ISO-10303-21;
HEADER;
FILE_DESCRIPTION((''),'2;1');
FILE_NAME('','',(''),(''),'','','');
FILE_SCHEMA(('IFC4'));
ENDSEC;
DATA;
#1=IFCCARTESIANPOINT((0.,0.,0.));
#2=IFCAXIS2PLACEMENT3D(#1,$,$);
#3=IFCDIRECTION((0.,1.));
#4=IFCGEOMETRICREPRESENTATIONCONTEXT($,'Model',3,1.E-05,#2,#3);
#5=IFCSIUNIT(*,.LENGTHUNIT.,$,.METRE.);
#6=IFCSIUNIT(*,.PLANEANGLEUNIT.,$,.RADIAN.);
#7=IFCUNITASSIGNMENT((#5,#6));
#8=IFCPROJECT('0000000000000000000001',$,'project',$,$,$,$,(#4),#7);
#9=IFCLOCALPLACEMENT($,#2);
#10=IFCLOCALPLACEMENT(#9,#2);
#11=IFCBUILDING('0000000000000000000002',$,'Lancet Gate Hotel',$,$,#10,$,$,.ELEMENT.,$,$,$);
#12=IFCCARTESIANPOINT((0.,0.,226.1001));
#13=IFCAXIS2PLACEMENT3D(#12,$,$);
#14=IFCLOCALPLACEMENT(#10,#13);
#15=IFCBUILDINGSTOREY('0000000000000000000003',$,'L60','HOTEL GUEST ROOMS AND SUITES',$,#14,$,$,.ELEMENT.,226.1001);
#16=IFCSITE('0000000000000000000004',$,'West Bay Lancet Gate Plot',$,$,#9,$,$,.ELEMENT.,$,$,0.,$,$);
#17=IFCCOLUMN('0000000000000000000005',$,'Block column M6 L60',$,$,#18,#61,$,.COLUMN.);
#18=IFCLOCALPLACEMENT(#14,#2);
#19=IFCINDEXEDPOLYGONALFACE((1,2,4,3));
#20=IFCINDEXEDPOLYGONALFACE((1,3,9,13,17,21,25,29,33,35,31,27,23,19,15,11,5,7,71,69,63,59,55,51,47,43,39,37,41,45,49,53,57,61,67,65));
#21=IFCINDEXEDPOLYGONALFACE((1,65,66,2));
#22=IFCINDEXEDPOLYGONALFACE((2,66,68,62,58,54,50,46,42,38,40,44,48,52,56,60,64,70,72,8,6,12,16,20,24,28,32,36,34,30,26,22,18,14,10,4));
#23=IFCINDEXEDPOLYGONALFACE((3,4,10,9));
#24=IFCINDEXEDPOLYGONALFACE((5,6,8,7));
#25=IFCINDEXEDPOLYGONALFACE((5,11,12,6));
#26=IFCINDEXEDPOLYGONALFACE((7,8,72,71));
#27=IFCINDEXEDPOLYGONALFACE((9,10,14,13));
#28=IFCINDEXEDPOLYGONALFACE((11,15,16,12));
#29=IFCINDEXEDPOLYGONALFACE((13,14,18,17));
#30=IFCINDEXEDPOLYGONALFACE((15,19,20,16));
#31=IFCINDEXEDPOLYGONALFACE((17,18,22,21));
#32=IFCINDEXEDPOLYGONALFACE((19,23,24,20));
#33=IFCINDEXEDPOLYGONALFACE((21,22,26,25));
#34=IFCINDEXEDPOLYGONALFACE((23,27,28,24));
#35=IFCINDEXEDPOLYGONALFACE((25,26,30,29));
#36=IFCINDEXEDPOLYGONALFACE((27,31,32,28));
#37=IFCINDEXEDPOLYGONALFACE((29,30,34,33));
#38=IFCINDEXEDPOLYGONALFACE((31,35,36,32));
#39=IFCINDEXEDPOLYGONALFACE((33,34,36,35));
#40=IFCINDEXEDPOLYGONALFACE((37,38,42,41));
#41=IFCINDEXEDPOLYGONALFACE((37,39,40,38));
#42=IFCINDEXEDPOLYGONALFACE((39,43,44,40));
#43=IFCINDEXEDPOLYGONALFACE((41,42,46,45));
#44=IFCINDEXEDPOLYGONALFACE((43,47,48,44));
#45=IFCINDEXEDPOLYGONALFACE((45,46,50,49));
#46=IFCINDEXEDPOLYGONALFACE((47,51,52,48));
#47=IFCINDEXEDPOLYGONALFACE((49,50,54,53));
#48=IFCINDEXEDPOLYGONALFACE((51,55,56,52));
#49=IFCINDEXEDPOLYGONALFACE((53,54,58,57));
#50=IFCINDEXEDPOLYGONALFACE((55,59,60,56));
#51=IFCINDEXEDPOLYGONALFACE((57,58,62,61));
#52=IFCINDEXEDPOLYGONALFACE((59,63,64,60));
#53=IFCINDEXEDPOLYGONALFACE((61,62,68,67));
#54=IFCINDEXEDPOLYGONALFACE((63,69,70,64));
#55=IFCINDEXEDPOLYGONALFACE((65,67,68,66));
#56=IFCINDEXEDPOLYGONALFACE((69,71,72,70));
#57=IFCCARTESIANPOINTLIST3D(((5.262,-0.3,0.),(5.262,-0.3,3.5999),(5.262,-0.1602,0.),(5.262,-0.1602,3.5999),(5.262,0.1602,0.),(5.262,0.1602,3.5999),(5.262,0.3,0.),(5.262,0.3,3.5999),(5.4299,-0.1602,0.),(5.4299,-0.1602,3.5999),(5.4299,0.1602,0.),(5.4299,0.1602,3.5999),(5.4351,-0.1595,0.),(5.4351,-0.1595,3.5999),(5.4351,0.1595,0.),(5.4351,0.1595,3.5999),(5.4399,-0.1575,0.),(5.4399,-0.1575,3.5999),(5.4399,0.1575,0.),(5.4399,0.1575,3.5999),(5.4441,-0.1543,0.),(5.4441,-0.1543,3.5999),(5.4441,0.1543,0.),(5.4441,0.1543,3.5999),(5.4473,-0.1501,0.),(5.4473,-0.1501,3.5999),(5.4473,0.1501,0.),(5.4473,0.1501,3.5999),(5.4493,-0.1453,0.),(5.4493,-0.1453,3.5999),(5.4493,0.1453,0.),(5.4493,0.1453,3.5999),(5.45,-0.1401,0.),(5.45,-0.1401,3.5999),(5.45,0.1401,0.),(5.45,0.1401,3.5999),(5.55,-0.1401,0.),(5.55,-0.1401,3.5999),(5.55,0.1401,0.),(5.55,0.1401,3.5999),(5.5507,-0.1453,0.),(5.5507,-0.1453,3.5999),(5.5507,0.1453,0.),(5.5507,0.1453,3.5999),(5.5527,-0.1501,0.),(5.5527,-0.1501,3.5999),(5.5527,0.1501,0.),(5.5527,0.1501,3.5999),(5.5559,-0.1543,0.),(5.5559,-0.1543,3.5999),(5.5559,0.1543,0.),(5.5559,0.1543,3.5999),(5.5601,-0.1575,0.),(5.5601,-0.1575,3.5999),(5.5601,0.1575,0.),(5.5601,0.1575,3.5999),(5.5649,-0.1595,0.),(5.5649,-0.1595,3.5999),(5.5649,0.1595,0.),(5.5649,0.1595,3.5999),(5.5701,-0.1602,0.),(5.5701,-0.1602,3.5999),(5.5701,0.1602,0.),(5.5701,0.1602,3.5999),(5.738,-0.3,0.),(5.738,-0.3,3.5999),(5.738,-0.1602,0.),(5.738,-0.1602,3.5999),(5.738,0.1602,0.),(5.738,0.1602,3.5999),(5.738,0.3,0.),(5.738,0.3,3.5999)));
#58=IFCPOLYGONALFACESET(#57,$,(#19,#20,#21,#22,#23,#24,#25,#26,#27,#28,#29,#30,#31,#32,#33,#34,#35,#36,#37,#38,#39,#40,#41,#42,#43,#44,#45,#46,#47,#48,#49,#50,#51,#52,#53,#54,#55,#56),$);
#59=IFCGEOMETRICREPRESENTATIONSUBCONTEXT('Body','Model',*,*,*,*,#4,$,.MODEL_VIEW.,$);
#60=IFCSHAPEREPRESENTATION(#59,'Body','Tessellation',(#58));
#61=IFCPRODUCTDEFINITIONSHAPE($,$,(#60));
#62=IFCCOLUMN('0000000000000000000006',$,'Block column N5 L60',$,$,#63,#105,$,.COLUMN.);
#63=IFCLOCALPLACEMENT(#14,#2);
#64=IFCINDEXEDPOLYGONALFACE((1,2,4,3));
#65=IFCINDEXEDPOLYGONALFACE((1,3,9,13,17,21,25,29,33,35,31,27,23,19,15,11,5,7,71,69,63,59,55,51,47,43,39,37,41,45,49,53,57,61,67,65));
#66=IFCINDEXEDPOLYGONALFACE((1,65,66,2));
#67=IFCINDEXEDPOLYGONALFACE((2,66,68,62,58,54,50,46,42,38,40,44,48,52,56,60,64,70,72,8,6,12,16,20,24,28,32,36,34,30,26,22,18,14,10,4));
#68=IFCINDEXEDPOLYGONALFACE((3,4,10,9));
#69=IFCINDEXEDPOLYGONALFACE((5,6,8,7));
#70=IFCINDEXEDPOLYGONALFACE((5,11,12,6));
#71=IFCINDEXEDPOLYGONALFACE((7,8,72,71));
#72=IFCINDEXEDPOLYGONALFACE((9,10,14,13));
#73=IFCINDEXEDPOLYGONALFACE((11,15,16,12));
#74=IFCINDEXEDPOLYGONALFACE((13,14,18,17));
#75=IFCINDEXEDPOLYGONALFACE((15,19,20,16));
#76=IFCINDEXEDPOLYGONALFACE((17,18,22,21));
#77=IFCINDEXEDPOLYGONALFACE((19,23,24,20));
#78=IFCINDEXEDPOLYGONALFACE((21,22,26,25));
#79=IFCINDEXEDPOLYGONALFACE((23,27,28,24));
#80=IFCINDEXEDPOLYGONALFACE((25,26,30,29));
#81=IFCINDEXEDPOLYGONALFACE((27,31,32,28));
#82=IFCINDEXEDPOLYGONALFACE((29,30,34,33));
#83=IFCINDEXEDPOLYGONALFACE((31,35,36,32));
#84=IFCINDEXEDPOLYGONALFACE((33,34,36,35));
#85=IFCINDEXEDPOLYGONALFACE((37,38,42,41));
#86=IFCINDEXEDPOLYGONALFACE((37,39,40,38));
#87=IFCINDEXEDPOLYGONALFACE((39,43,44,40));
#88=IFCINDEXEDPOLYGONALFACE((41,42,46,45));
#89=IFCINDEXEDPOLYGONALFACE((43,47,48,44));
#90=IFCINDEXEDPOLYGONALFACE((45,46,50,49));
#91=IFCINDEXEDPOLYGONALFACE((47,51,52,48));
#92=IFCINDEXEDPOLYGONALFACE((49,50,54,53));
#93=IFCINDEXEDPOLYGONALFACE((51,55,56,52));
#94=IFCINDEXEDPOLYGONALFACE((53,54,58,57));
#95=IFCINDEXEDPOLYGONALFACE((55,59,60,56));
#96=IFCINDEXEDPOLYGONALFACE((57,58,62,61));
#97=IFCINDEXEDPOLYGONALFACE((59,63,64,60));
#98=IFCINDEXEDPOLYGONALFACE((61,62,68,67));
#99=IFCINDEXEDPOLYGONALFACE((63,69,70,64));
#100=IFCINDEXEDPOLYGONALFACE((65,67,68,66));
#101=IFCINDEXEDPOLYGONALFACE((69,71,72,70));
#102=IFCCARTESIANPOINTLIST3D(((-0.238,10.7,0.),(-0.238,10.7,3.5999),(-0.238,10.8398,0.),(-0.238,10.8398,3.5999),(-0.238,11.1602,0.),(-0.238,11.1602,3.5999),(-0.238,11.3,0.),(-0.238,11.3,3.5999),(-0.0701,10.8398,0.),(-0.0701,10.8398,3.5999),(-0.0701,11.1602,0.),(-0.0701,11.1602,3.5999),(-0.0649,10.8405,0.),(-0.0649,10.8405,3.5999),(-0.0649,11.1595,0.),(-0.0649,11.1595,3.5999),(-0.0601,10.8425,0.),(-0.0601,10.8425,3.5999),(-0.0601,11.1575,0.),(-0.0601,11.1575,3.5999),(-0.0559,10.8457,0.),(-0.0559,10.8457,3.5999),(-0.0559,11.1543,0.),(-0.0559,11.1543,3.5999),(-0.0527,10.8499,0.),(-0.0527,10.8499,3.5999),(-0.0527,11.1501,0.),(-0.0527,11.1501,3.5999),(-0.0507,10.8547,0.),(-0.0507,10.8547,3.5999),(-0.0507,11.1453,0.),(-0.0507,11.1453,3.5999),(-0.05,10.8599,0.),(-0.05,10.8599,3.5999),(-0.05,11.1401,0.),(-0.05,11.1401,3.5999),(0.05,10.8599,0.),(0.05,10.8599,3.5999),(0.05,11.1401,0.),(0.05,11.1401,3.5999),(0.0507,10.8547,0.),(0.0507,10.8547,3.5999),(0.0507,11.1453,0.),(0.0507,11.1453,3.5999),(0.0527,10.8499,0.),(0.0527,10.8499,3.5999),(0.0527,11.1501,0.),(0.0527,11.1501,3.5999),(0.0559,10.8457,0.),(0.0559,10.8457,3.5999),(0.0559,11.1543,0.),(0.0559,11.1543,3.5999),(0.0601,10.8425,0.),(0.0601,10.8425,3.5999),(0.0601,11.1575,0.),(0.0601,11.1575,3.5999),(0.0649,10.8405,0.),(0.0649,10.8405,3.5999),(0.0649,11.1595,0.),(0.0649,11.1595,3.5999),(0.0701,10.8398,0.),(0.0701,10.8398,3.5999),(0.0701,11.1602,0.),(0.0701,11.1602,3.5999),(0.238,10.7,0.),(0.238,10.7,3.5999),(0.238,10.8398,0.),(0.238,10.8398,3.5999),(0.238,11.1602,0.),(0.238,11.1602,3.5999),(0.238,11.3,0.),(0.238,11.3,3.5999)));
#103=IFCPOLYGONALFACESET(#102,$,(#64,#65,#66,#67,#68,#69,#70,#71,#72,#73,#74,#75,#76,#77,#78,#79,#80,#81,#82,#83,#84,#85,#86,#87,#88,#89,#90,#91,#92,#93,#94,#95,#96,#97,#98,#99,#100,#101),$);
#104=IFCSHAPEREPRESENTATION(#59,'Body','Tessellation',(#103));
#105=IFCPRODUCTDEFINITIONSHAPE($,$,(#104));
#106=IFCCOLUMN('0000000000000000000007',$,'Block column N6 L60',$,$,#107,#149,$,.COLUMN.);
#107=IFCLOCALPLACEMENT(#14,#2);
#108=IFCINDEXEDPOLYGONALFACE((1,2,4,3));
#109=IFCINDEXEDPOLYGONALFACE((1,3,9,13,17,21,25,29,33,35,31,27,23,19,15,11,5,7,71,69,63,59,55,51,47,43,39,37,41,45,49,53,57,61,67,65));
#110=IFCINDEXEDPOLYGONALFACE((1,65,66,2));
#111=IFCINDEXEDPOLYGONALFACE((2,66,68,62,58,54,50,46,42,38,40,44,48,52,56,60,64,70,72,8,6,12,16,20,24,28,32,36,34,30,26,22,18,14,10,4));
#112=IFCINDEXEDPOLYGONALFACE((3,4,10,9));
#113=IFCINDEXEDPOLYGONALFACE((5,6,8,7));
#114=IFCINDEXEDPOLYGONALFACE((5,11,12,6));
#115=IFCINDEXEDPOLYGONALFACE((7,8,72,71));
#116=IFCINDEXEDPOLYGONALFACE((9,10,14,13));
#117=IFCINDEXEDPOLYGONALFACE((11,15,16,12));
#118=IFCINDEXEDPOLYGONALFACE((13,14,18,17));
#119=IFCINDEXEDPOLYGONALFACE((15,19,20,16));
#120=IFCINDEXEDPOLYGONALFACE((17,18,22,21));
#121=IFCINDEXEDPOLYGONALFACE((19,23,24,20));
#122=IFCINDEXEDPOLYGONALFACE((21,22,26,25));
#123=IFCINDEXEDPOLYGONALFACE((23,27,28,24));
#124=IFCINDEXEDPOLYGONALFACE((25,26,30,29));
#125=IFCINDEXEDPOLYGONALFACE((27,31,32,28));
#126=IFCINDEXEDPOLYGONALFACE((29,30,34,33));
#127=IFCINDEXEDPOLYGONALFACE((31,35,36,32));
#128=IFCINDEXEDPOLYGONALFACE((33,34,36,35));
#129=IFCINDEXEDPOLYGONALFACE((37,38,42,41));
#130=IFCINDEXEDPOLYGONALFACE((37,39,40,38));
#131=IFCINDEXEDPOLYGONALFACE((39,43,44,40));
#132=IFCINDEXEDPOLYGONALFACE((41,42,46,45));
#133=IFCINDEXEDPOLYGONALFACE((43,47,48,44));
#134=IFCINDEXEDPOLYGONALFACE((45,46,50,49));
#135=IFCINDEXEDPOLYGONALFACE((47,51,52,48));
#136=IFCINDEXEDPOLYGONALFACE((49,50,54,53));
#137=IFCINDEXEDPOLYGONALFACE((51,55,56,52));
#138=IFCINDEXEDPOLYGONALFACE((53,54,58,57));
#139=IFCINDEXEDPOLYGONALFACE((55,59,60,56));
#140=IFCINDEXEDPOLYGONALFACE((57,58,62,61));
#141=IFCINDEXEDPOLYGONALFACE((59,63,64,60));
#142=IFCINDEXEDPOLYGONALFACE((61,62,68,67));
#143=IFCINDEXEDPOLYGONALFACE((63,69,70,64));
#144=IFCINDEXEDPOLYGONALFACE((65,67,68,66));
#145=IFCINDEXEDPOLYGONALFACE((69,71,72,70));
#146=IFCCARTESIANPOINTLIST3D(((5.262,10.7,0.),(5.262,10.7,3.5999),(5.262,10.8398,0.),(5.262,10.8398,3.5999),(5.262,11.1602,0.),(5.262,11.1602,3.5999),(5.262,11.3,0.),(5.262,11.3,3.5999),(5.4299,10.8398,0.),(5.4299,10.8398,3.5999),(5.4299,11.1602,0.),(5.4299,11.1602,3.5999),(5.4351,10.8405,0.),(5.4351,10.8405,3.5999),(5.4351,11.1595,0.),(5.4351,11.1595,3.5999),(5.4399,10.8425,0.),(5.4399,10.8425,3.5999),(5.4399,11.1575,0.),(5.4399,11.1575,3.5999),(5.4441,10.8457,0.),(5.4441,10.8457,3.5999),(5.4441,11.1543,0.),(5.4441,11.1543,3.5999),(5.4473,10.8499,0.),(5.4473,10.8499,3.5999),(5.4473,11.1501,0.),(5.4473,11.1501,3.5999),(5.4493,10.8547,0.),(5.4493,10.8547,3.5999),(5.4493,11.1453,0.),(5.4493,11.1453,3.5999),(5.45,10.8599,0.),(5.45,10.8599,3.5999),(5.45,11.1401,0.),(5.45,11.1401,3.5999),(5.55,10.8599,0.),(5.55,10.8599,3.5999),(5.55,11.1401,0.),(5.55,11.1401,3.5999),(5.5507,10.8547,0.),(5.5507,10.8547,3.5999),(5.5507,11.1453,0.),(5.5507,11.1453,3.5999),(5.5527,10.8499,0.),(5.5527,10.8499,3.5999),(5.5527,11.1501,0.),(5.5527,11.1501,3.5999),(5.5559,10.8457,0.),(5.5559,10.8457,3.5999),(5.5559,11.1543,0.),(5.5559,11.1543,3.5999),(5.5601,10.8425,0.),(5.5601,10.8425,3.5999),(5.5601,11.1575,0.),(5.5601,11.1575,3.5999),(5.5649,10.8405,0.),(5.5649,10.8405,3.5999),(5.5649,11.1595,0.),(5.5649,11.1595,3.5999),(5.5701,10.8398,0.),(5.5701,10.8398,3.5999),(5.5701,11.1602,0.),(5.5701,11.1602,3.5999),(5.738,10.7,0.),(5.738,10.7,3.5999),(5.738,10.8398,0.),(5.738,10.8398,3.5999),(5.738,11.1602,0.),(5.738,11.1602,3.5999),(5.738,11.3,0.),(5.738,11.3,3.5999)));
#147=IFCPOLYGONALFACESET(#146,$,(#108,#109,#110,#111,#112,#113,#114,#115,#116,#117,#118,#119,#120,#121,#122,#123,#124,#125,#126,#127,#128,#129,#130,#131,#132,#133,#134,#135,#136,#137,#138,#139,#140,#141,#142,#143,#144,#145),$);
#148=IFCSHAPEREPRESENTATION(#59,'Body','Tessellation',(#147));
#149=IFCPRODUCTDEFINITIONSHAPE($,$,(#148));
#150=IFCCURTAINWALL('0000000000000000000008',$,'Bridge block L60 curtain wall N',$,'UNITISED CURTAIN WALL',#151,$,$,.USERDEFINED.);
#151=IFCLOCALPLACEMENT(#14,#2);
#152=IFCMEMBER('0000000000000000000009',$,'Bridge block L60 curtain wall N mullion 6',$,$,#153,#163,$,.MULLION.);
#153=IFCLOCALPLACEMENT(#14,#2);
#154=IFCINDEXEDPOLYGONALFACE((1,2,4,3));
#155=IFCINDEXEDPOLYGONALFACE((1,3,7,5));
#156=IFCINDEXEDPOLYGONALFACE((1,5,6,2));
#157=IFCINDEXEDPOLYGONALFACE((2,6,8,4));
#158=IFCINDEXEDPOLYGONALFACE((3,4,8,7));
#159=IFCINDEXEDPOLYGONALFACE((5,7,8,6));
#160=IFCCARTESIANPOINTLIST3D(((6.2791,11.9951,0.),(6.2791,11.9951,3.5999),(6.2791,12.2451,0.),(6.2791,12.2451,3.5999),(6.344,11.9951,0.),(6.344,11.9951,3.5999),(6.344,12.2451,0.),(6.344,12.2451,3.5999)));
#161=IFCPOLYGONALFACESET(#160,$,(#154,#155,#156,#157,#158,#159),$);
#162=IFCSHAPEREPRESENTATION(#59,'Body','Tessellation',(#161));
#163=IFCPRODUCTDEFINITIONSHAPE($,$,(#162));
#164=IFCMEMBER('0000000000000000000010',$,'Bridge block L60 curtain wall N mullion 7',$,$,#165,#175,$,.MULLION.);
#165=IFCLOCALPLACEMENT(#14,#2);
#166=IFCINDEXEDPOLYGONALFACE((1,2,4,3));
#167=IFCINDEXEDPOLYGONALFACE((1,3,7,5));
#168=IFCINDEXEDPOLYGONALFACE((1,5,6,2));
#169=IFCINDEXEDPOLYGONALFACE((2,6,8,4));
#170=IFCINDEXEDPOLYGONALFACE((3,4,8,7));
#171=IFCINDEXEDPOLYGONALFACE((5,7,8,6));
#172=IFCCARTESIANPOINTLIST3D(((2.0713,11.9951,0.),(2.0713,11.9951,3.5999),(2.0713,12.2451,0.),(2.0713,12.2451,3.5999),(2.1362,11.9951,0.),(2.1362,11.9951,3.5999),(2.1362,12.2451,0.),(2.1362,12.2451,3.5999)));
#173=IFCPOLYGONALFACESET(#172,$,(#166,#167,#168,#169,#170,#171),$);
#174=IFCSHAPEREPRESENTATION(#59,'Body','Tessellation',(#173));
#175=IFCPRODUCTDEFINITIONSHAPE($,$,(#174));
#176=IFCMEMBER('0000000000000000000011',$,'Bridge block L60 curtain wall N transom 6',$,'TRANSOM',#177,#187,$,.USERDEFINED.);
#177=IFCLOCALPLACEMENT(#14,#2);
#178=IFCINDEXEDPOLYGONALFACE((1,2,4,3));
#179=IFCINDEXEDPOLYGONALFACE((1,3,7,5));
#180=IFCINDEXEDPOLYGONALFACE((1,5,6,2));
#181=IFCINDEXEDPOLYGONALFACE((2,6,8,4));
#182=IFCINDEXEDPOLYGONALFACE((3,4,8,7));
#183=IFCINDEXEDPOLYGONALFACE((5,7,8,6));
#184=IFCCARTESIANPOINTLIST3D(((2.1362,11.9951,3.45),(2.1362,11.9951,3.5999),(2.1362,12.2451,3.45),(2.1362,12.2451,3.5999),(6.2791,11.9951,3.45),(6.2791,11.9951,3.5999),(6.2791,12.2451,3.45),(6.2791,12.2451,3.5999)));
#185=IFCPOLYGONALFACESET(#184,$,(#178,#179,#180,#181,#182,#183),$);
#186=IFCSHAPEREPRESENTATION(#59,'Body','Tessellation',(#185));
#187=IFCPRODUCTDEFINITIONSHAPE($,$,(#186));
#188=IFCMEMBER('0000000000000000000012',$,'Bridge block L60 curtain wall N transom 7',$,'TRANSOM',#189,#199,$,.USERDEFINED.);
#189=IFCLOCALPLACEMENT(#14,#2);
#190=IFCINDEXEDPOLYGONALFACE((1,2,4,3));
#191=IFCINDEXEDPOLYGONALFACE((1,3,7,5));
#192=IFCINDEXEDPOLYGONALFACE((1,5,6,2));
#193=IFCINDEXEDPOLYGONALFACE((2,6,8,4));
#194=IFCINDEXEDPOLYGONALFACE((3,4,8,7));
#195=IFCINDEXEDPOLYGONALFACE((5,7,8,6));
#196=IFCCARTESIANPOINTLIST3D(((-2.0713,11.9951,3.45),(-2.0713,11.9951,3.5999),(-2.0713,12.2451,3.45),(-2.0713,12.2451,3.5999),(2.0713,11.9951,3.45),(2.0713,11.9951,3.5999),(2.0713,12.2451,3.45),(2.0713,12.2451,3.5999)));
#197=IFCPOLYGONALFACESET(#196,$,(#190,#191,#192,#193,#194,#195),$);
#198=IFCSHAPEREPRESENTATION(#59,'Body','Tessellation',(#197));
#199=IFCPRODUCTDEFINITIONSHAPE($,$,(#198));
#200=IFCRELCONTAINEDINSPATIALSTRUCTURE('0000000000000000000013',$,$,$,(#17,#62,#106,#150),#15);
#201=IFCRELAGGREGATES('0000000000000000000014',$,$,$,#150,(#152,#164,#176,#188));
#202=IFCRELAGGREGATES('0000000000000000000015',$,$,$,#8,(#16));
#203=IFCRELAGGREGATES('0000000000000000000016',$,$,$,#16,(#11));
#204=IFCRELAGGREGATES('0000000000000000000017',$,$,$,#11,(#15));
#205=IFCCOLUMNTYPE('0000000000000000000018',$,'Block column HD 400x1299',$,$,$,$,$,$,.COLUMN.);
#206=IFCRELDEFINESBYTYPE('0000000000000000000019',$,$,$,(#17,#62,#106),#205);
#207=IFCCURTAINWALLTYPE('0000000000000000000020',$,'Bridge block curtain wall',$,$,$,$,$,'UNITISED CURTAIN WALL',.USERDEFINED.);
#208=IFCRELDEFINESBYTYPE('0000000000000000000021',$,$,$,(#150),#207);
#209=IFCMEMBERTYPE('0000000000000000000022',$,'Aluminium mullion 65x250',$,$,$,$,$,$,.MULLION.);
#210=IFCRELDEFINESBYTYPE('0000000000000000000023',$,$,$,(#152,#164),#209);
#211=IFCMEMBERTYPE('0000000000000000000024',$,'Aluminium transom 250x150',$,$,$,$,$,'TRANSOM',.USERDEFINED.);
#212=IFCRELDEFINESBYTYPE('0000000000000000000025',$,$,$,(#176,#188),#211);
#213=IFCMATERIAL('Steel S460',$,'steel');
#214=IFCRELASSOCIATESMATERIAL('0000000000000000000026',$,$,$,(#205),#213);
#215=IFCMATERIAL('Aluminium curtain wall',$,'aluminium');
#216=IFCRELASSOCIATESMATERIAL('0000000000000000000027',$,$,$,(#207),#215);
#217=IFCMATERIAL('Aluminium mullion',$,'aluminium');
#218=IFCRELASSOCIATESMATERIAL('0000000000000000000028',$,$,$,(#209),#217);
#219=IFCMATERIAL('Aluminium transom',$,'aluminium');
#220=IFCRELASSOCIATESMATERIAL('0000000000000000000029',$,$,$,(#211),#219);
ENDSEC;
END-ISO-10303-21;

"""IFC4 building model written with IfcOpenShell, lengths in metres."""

from ifc_helpers import new_model, si_unit, direction, frame, origin, origin_2d, place, context, subcontext, project, spatial, rectangle, i_section, extrude, material, material_profile, profile_set, type_object, element, aggregate, save


model = new_model("IFC4")

# Units and contexts
model_context = context("Model", 3, precision=1e-05, world=origin(), true_north=direction((0.0, 1.0)))
body_context = subcontext(model_context, "Body", "Model", "MODEL_VIEW")
ifc_project = project(units=[si_unit("LENGTHUNIT", "METRE"), si_unit("PLANEANGLEUNIT", "RADIAN")], contexts=[model_context])

# Site, building, storey
site_placement = place(None, origin())
site = spatial("IfcSite", under=ifc_project, at=site_placement, Name="West Bay Lancet Gate Plot", CompositionType="ELEMENT", RefElevation=0.0)
building_placement = place(site_placement, origin())
building = spatial("IfcBuilding", under=site, at=building_placement, Name="Lancet Gate Hotel", CompositionType="ELEMENT")
storey_placement = place(building_placement, frame((0.0, 0.0, 226.1001)))
storey = spatial("IfcBuildingStorey", under=building, at=storey_placement, Name="L60", Description="HOTEL GUEST ROOMS AND SUITES", CompositionType="ELEMENT", Elevation=226.1001)

# Columns
ifc_material_1 = material(Name="Steel S460", Category="steel")
ifc_material_profile_1 = material_profile(ifc_material_1, i_section(OverallWidth=0.4761, OverallDepth=0.6001, WebThickness=0.1001, FlangeThickness=0.1399, FilletRadius=0.02, at=origin_2d()), Name="HD 400x1299")
ifc_profile_set_1 = profile_set([ifc_material_profile_1], Name="Steel S460")
column_type = type_object("IfcColumnType", Name="Block column HD 400x1299", PredefinedType="COLUMN", material=ifc_profile_set_1)
for number, where, z_axis, x_axis, name in (
    (1, (5.5, 0.0, 0.0), (0.0, 0.0, 1.0), (1.0, 0.0, 0.0), "Block column M6 L60"),
    (2, (0.0, 11.0, 0.0), (0.0, 0.0, 1.0), (1.0, 0.0, 0.0), "Block column N5 L60"),
    (3, (5.5, 11.0, 0.0), (0.0, 0.0, 1.0), (1.0, 0.0, 0.0), "Block column N6 L60"),
):
    element("IfcColumn", number, at=place(storey_placement, frame(where, z_axis=z_axis, x_axis=x_axis)), inside=storey, type_object=column_type, Name=name, PredefinedType="COLUMN", context=body_context, shape_type="SweptSolid", body=[
        extrude(i_section(OverallWidth=0.4761, OverallDepth=0.6001, WebThickness=0.1001, FlangeThickness=0.1399, FilletRadius=0.02, at=origin_2d()), origin(), (0.0, 0.0, 1.0), 3.5999),
    ])

# Curtain wall, members
ifc_material_2 = material(Name="Aluminium curtain wall", Category="aluminium")
curtain_wall_type = type_object("IfcCurtainWallType", Name="Bridge block curtain wall", ElementType="UNITISED CURTAIN WALL", PredefinedType="USERDEFINED", material=ifc_material_2)
curtain_wall_placement = place(storey_placement, origin())
curtain_wall = element("IfcCurtainWall", 4, at=curtain_wall_placement, inside=storey, type_object=curtain_wall_type, Name="Bridge block L60 curtain wall N", ObjectType="UNITISED CURTAIN WALL", PredefinedType="USERDEFINED")
ifc_material_3 = material(Name="Aluminium mullion", Category="aluminium")
ifc_material_profile_2 = material_profile(ifc_material_3, rectangle(XDim=0.0649, YDim=0.25, at=origin_2d()), Name="MULLION 65x250")
ifc_profile_set_2 = profile_set([ifc_material_profile_2], Name="Aluminium mullion")
member_type_1 = type_object("IfcMemberType", Name="Aluminium mullion 65x250", PredefinedType="MULLION", material=ifc_profile_set_2)
member_1_placement = place(storey_placement, frame((6.3115, 12.1201, 0.0), z_axis=(0.0, 0.0, 1.0), x_axis=(-1.0, 0.0, 0.0)))
member_1 = element("IfcMember", 5, at=member_1_placement, type_object=member_type_1, Name="Bridge block L60 curtain wall N mullion 6", PredefinedType="MULLION", context=body_context, shape_type="SweptSolid", body=[
    extrude(rectangle(XDim=0.0649, YDim=0.25, at=origin_2d()), origin(), (0.0, 0.0, 1.0), 3.5999),
])
member_2_placement = place(storey_placement, frame((2.1038, 12.1201, 0.0), z_axis=(0.0, 0.0, 1.0), x_axis=(-1.0, 0.0, 0.0)))
member_2 = element("IfcMember", 6, at=member_2_placement, type_object=member_type_1, Name="Bridge block L60 curtain wall N mullion 7", PredefinedType="MULLION", context=body_context, shape_type="SweptSolid", body=[
    extrude(rectangle(XDim=0.0649, YDim=0.25, at=origin_2d()), origin(), (0.0, 0.0, 1.0), 3.5999),
])
ifc_material_4 = material(Name="Aluminium transom", Category="aluminium")
ifc_material_profile_3 = material_profile(ifc_material_4, rectangle(XDim=0.25, YDim=0.1499, at=origin_2d()), Name="TRANSOM 250x150")
ifc_profile_set_3 = profile_set([ifc_material_profile_3], Name="Aluminium transom")
member_type_2 = type_object("IfcMemberType", Name="Aluminium transom 250x150", ElementType="TRANSOM", PredefinedType="USERDEFINED", material=ifc_profile_set_3)
member_3_placement = place(storey_placement, frame((6.2791, 12.1201, 3.5249), z_axis=(-1.0, 0.0, 0.0), x_axis=(0.0, -1.0, 0.0)))
member_3 = element("IfcMember", 7, at=member_3_placement, type_object=member_type_2, Name="Bridge block L60 curtain wall N transom 6", ObjectType="TRANSOM", PredefinedType="USERDEFINED", context=body_context, shape_type="SweptSolid", body=[
    extrude(rectangle(XDim=0.25, YDim=0.1499, at=origin_2d()), origin(), (0.0, 0.0, 1.0), 4.1428),
])
member_4_placement = place(storey_placement, frame((2.0713, 12.1201, 3.5249), z_axis=(-1.0, 0.0, 0.0), x_axis=(0.0, -1.0, 0.0)))
member_4 = element("IfcMember", 8, at=member_4_placement, type_object=member_type_2, Name="Bridge block L60 curtain wall N transom 7", ObjectType="TRANSOM", PredefinedType="USERDEFINED", context=body_context, shape_type="SweptSolid", body=[
    extrude(rectangle(XDim=0.25, YDim=0.1499, at=origin_2d()), origin(), (0.0, 0.0, 1.0), 4.1426),
])

aggregate(curtain_wall, [member_1, member_2, member_3, member_4])

save(model, "model.ifc")
